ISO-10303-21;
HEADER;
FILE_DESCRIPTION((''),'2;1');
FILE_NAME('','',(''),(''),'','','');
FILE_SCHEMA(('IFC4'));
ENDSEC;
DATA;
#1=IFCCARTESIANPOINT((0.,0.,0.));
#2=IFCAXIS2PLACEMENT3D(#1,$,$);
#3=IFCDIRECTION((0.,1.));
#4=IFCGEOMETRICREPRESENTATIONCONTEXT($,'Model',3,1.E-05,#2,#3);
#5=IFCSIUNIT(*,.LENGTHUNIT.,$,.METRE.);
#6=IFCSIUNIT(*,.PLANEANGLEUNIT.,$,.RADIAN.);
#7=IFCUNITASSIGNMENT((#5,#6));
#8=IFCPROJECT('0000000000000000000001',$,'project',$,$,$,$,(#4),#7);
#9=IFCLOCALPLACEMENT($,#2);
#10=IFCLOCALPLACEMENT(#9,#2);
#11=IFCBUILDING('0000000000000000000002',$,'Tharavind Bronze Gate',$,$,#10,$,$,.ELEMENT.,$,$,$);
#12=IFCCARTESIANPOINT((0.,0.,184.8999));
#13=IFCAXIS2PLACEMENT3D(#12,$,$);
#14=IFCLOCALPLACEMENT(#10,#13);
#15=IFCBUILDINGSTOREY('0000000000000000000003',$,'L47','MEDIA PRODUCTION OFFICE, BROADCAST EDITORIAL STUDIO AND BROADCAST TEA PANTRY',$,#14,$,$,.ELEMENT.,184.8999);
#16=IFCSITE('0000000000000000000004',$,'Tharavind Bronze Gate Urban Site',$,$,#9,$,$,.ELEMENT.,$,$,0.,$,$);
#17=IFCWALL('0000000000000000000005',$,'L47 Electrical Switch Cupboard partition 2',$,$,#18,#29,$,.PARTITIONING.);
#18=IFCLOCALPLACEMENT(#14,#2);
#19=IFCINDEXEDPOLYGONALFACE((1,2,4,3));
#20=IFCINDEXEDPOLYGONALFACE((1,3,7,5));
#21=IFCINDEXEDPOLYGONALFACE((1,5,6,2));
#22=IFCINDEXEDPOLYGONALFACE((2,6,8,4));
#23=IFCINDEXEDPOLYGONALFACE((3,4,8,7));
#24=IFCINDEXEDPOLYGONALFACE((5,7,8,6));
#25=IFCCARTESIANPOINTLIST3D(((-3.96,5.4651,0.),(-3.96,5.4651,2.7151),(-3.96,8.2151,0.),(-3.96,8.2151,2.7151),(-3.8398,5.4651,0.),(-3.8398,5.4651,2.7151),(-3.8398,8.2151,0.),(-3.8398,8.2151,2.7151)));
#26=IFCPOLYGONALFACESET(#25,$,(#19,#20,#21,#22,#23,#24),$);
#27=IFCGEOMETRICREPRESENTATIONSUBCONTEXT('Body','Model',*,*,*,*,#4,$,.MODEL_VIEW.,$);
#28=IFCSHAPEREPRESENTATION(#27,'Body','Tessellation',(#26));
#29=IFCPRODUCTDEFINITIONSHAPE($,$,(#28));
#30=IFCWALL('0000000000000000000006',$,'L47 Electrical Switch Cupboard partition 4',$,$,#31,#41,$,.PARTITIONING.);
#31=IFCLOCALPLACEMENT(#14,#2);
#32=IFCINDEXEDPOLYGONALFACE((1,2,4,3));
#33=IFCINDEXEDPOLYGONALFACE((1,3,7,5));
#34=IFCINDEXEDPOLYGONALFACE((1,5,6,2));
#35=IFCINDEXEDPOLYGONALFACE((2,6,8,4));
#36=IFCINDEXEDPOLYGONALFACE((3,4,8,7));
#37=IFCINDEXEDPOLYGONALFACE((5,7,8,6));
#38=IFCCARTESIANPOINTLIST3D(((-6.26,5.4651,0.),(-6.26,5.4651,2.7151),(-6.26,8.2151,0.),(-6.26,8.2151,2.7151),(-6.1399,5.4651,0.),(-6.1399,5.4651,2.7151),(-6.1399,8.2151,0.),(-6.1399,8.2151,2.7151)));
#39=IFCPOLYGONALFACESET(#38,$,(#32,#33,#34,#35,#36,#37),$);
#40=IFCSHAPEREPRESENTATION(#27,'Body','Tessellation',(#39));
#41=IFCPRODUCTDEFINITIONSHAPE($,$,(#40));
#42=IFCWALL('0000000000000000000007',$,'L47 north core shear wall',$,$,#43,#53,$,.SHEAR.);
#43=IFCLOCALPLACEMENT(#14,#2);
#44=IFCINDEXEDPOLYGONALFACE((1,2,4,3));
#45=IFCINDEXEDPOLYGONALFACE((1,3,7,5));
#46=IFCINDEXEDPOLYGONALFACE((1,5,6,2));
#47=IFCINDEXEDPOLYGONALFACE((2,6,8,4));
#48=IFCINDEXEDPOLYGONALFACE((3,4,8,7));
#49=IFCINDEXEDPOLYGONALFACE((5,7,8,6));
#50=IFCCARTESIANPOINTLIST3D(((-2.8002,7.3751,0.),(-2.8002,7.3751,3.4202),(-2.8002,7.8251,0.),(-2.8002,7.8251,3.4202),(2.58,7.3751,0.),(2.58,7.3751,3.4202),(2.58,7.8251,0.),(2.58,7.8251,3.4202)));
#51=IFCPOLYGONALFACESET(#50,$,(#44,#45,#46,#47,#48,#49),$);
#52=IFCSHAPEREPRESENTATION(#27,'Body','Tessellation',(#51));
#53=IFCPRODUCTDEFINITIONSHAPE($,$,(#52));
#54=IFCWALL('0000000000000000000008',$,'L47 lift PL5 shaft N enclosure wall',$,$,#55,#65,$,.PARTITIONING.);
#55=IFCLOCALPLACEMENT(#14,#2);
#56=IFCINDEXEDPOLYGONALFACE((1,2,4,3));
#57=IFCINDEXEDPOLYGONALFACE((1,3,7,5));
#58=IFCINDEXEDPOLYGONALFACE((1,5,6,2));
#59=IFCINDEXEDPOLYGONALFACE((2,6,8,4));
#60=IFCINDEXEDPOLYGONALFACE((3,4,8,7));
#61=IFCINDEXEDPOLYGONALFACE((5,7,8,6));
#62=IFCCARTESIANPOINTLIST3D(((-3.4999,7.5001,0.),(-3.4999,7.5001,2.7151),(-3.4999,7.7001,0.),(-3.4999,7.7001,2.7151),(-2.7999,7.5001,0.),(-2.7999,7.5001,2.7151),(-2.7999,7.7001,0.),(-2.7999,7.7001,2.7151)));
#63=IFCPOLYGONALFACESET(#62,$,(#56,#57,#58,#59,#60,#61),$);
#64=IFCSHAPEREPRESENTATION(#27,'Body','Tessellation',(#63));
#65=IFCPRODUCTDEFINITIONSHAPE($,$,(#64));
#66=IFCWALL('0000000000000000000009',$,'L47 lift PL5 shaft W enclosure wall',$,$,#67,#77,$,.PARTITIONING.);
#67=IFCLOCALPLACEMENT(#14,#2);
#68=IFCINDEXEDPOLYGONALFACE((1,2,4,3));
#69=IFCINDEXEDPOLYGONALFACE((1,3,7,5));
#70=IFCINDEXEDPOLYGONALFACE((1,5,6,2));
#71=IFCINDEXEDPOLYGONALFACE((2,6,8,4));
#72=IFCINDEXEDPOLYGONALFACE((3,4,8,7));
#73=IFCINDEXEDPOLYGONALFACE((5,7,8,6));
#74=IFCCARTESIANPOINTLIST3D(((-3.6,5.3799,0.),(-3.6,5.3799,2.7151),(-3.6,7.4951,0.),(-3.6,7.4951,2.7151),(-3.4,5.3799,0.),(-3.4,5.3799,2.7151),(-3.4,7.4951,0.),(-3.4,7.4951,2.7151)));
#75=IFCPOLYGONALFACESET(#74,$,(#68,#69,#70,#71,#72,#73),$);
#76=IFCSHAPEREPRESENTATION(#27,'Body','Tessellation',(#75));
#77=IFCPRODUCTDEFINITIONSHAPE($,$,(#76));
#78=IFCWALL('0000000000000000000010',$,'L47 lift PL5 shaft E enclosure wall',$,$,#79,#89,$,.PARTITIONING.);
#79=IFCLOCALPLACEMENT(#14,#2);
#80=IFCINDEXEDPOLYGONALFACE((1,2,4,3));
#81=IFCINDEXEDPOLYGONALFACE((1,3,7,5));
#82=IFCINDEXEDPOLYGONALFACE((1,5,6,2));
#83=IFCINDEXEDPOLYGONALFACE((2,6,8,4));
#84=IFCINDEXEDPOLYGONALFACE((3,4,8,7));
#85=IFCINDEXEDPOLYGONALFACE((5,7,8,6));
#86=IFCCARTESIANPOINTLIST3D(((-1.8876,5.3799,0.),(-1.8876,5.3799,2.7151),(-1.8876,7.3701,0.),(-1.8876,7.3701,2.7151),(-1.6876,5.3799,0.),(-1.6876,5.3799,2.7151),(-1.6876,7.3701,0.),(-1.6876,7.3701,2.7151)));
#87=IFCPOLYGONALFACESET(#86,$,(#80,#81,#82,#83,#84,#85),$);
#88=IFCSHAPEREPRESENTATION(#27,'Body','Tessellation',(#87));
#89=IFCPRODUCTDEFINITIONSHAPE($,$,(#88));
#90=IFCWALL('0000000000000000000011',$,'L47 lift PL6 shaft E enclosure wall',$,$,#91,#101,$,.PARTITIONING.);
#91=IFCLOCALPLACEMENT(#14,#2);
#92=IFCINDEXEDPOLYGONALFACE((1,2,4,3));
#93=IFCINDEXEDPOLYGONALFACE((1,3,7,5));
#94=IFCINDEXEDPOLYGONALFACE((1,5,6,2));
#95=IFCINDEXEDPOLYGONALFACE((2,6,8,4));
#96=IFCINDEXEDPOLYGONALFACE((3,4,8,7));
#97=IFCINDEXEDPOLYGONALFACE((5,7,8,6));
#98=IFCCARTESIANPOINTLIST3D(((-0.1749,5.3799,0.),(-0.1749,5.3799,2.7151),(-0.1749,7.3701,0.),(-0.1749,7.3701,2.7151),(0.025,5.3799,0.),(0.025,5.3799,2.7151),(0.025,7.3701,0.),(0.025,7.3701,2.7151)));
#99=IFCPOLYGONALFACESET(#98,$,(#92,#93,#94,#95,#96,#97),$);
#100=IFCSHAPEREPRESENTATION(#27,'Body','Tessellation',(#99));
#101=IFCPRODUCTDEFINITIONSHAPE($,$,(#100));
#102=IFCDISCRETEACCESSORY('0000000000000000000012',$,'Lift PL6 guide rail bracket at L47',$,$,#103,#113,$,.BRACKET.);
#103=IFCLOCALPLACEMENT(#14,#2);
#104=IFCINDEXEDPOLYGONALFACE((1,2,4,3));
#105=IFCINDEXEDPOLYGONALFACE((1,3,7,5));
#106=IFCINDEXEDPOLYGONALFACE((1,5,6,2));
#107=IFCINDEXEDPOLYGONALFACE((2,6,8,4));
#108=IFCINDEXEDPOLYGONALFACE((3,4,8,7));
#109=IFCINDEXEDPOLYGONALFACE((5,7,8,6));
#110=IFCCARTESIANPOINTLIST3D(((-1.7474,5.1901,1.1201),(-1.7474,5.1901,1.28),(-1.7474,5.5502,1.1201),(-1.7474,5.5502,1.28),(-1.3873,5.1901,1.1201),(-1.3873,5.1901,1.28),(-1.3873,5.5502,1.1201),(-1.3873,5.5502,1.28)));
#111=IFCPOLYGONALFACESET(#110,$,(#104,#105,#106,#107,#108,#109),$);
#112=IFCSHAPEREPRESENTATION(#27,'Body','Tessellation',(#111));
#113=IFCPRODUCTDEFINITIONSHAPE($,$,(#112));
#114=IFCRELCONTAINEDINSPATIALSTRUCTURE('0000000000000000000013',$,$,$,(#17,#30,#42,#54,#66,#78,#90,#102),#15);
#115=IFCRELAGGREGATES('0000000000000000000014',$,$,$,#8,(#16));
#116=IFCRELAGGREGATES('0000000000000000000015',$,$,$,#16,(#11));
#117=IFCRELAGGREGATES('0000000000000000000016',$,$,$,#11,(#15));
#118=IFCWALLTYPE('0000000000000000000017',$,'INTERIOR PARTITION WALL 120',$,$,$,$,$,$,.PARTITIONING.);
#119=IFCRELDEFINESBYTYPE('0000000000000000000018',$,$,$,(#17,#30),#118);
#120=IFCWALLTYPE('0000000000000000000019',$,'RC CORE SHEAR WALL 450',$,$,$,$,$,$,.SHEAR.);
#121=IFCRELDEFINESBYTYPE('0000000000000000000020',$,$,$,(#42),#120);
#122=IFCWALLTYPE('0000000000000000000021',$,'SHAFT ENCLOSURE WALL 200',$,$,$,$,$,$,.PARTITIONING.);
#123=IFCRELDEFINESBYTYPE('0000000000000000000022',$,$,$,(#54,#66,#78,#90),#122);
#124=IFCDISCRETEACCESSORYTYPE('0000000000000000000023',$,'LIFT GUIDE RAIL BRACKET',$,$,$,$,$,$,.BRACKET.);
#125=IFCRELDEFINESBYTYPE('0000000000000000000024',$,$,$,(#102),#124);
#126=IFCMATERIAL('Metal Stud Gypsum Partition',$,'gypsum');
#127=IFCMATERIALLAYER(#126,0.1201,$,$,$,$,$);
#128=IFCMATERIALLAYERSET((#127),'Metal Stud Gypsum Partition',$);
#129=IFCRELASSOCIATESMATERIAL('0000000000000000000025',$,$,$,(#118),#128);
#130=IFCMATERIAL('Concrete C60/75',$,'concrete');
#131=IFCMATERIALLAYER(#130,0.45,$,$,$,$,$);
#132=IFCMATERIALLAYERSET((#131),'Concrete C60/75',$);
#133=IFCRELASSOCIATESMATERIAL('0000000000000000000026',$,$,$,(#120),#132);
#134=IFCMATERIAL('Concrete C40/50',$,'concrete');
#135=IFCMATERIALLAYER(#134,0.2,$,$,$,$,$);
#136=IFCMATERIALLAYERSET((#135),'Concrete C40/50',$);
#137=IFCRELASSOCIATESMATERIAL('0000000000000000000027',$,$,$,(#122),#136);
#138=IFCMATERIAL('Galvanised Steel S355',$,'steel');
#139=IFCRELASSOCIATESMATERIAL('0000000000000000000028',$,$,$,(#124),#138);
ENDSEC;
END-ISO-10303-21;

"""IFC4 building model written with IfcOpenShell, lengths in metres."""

from ifc_helpers import new_model, si_unit, direction, frame, frame_2d, origin, origin_2d, place, context, subcontext, project, spatial, rectangle, extrude, material, layer, layer_set, type_object, element, save


model = new_model("IFC4")

# Units and contexts
model_context = context("Model", 3, precision=1e-05, world=origin(), true_north=direction((0.0, 1.0)))
body_context = subcontext(model_context, "Body", "Model", "MODEL_VIEW")
ifc_project = project(units=[si_unit("LENGTHUNIT", "METRE"), si_unit("PLANEANGLEUNIT", "RADIAN")], contexts=[model_context])

# Site, building, storey
site_placement = place(None, origin())
site = spatial("IfcSite", under=ifc_project, at=site_placement, Name="Tharavind Bronze Gate Urban Site", CompositionType="ELEMENT", RefElevation=0.0)
building_placement = place(site_placement, origin())
building = spatial("IfcBuilding", under=site, at=building_placement, Name="Tharavind Bronze Gate", CompositionType="ELEMENT")
storey_placement = place(building_placement, frame((0.0, 0.0, 184.8999)))
storey = spatial("IfcBuildingStorey", under=building, at=storey_placement, Name="L47", Description="MEDIA PRODUCTION OFFICE, BROADCAST EDITORIAL STUDIO AND BROADCAST TEA PANTRY", CompositionType="ELEMENT", Elevation=184.8999)

# Walls
ifc_material_1 = material(Name="Metal Stud Gypsum Partition", Category="gypsum")
ifc_layer_1 = layer(ifc_material_1, 0.1201)
ifc_layer_set_1 = layer_set([ifc_layer_1], Name="Metal Stud Gypsum Partition")
wall_type_1 = type_object("IfcWallType", Name="INTERIOR PARTITION WALL 120", PredefinedType="PARTITIONING", material=ifc_layer_set_1)
for number, where, z_axis, x_axis, name in (
    (1, (-3.8999, 5.4651, 0.0), (0.0, 0.0, 1.0), (0.0, 1.0, 0.0), "L47 Electrical Switch Cupboard partition 2"),
    (2, (-6.2, 8.2151, 0.0), (0.0, 0.0, 1.0), (0.0, -1.0, 0.0), "L47 Electrical Switch Cupboard partition 4"),
):
    element("IfcWall", number, at=place(storey_placement, frame(where, z_axis=z_axis, x_axis=x_axis)), inside=storey, type_object=wall_type_1, Name=name, PredefinedType="PARTITIONING", context=body_context, shape_type="SweptSolid", body=[
        extrude(rectangle(XDim=2.75, YDim=0.1201, at=frame_2d((1.375, 0.0))), origin(), (0.0, 0.0, 1.0), 2.7151),
    ])
ifc_material_2 = material(Name="Concrete C60/75", Category="concrete")
ifc_layer_2 = layer(ifc_material_2, 0.45)
ifc_layer_set_2 = layer_set([ifc_layer_2], Name="Concrete C60/75")
wall_type_2 = type_object("IfcWallType", Name="RC CORE SHEAR WALL 450", PredefinedType="SHEAR", material=ifc_layer_set_2)
wall_1_placement = place(storey_placement, frame((-2.8, 7.6001, 0.0), z_axis=(0.0, 0.0, 1.0), x_axis=(1.0, 0.0, 0.0)))
element("IfcWall", 3, at=wall_1_placement, inside=storey, type_object=wall_type_2, Name="L47 north core shear wall", PredefinedType="SHEAR", context=body_context, shape_type="SweptSolid", body=[
    extrude(rectangle(XDim=5.3801, YDim=0.45, at=frame_2d((2.6899, 0.0))), origin(), (0.0, 0.0, 1.0), 3.4202),
])
ifc_material_3 = material(Name="Concrete C40/50", Category="concrete")
ifc_layer_3 = layer(ifc_material_3, 0.2)
ifc_layer_set_3 = layer_set([ifc_layer_3], Name="Concrete C40/50")
wall_type_3 = type_object("IfcWallType", Name="SHAFT ENCLOSURE WALL 200", PredefinedType="PARTITIONING", material=ifc_layer_set_3)
wall_2_placement = place(storey_placement, frame((-3.5, 7.6001, 0.0), z_axis=(0.0, 0.0, 1.0), x_axis=(1.0, 0.0, 0.0)))
element("IfcWall", 4, at=wall_2_placement, inside=storey, type_object=wall_type_3, Name="L47 lift PL5 shaft N enclosure wall", PredefinedType="PARTITIONING", context=body_context, shape_type="SweptSolid", body=[
    extrude(rectangle(XDim=0.7, YDim=0.2, at=frame_2d((0.3501, 0.0))), origin(), (0.0, 0.0, 1.0), 2.7151),
])
wall_3_placement = place(storey_placement, frame((-3.5, 5.3799, 0.0), z_axis=(0.0, 0.0, 1.0), x_axis=(0.0, 1.0, 0.0)))
element("IfcWall", 5, at=wall_3_placement, inside=storey, type_object=wall_type_3, Name="L47 lift PL5 shaft W enclosure wall", PredefinedType="PARTITIONING", context=body_context, shape_type="SweptSolid", body=[
    extrude(rectangle(XDim=2.1152, YDim=0.2, at=frame_2d((1.0576, 0.0))), origin(), (0.0, 0.0, 1.0), 2.7151),
])
for number, where, z_axis, x_axis, name in (
    (6, (-1.7876, 5.3799, 0.0), (0.0, 0.0, 1.0), (0.0, 1.0, 0.0), "L47 lift PL5 shaft E enclosure wall"),
    (7, (-0.075, 5.3799, 0.0), (0.0, 0.0, 1.0), (0.0, 1.0, 0.0), "L47 lift PL6 shaft E enclosure wall"),
):
    element("IfcWall", number, at=place(storey_placement, frame(where, z_axis=z_axis, x_axis=x_axis)), inside=storey, type_object=wall_type_3, Name=name, PredefinedType="PARTITIONING", context=body_context, shape_type="SweptSolid", body=[
        extrude(rectangle(XDim=1.9902, YDim=0.2, at=frame_2d((0.9951, 0.0))), origin(), (0.0, 0.0, 1.0), 2.7151),
    ])

# Discrete accessory
ifc_material_4 = material(Name="Galvanised Steel S355", Category="steel")
discrete_accessory_type = type_object("IfcDiscreteAccessoryType", Name="LIFT GUIDE RAIL BRACKET", PredefinedType="BRACKET", material=ifc_material_4)
discrete_accessory_placement = place(storey_placement, frame((-1.5674, 5.3701, 1.1201), z_axis=(0.0, 0.0, 1.0), x_axis=(1.0, 0.0, 0.0)))
element("IfcDiscreteAccessory", 8, at=discrete_accessory_placement, inside=storey, type_object=discrete_accessory_type, Name="Lift PL6 guide rail bracket at L47", PredefinedType="BRACKET", context=body_context, shape_type="SweptSolid", body=[
    extrude(rectangle(XDim=0.3601, YDim=0.3601, at=origin_2d()), origin(), (0.0, 0.0, 1.0), 0.1599),
])

save(model, "model.ifc")
